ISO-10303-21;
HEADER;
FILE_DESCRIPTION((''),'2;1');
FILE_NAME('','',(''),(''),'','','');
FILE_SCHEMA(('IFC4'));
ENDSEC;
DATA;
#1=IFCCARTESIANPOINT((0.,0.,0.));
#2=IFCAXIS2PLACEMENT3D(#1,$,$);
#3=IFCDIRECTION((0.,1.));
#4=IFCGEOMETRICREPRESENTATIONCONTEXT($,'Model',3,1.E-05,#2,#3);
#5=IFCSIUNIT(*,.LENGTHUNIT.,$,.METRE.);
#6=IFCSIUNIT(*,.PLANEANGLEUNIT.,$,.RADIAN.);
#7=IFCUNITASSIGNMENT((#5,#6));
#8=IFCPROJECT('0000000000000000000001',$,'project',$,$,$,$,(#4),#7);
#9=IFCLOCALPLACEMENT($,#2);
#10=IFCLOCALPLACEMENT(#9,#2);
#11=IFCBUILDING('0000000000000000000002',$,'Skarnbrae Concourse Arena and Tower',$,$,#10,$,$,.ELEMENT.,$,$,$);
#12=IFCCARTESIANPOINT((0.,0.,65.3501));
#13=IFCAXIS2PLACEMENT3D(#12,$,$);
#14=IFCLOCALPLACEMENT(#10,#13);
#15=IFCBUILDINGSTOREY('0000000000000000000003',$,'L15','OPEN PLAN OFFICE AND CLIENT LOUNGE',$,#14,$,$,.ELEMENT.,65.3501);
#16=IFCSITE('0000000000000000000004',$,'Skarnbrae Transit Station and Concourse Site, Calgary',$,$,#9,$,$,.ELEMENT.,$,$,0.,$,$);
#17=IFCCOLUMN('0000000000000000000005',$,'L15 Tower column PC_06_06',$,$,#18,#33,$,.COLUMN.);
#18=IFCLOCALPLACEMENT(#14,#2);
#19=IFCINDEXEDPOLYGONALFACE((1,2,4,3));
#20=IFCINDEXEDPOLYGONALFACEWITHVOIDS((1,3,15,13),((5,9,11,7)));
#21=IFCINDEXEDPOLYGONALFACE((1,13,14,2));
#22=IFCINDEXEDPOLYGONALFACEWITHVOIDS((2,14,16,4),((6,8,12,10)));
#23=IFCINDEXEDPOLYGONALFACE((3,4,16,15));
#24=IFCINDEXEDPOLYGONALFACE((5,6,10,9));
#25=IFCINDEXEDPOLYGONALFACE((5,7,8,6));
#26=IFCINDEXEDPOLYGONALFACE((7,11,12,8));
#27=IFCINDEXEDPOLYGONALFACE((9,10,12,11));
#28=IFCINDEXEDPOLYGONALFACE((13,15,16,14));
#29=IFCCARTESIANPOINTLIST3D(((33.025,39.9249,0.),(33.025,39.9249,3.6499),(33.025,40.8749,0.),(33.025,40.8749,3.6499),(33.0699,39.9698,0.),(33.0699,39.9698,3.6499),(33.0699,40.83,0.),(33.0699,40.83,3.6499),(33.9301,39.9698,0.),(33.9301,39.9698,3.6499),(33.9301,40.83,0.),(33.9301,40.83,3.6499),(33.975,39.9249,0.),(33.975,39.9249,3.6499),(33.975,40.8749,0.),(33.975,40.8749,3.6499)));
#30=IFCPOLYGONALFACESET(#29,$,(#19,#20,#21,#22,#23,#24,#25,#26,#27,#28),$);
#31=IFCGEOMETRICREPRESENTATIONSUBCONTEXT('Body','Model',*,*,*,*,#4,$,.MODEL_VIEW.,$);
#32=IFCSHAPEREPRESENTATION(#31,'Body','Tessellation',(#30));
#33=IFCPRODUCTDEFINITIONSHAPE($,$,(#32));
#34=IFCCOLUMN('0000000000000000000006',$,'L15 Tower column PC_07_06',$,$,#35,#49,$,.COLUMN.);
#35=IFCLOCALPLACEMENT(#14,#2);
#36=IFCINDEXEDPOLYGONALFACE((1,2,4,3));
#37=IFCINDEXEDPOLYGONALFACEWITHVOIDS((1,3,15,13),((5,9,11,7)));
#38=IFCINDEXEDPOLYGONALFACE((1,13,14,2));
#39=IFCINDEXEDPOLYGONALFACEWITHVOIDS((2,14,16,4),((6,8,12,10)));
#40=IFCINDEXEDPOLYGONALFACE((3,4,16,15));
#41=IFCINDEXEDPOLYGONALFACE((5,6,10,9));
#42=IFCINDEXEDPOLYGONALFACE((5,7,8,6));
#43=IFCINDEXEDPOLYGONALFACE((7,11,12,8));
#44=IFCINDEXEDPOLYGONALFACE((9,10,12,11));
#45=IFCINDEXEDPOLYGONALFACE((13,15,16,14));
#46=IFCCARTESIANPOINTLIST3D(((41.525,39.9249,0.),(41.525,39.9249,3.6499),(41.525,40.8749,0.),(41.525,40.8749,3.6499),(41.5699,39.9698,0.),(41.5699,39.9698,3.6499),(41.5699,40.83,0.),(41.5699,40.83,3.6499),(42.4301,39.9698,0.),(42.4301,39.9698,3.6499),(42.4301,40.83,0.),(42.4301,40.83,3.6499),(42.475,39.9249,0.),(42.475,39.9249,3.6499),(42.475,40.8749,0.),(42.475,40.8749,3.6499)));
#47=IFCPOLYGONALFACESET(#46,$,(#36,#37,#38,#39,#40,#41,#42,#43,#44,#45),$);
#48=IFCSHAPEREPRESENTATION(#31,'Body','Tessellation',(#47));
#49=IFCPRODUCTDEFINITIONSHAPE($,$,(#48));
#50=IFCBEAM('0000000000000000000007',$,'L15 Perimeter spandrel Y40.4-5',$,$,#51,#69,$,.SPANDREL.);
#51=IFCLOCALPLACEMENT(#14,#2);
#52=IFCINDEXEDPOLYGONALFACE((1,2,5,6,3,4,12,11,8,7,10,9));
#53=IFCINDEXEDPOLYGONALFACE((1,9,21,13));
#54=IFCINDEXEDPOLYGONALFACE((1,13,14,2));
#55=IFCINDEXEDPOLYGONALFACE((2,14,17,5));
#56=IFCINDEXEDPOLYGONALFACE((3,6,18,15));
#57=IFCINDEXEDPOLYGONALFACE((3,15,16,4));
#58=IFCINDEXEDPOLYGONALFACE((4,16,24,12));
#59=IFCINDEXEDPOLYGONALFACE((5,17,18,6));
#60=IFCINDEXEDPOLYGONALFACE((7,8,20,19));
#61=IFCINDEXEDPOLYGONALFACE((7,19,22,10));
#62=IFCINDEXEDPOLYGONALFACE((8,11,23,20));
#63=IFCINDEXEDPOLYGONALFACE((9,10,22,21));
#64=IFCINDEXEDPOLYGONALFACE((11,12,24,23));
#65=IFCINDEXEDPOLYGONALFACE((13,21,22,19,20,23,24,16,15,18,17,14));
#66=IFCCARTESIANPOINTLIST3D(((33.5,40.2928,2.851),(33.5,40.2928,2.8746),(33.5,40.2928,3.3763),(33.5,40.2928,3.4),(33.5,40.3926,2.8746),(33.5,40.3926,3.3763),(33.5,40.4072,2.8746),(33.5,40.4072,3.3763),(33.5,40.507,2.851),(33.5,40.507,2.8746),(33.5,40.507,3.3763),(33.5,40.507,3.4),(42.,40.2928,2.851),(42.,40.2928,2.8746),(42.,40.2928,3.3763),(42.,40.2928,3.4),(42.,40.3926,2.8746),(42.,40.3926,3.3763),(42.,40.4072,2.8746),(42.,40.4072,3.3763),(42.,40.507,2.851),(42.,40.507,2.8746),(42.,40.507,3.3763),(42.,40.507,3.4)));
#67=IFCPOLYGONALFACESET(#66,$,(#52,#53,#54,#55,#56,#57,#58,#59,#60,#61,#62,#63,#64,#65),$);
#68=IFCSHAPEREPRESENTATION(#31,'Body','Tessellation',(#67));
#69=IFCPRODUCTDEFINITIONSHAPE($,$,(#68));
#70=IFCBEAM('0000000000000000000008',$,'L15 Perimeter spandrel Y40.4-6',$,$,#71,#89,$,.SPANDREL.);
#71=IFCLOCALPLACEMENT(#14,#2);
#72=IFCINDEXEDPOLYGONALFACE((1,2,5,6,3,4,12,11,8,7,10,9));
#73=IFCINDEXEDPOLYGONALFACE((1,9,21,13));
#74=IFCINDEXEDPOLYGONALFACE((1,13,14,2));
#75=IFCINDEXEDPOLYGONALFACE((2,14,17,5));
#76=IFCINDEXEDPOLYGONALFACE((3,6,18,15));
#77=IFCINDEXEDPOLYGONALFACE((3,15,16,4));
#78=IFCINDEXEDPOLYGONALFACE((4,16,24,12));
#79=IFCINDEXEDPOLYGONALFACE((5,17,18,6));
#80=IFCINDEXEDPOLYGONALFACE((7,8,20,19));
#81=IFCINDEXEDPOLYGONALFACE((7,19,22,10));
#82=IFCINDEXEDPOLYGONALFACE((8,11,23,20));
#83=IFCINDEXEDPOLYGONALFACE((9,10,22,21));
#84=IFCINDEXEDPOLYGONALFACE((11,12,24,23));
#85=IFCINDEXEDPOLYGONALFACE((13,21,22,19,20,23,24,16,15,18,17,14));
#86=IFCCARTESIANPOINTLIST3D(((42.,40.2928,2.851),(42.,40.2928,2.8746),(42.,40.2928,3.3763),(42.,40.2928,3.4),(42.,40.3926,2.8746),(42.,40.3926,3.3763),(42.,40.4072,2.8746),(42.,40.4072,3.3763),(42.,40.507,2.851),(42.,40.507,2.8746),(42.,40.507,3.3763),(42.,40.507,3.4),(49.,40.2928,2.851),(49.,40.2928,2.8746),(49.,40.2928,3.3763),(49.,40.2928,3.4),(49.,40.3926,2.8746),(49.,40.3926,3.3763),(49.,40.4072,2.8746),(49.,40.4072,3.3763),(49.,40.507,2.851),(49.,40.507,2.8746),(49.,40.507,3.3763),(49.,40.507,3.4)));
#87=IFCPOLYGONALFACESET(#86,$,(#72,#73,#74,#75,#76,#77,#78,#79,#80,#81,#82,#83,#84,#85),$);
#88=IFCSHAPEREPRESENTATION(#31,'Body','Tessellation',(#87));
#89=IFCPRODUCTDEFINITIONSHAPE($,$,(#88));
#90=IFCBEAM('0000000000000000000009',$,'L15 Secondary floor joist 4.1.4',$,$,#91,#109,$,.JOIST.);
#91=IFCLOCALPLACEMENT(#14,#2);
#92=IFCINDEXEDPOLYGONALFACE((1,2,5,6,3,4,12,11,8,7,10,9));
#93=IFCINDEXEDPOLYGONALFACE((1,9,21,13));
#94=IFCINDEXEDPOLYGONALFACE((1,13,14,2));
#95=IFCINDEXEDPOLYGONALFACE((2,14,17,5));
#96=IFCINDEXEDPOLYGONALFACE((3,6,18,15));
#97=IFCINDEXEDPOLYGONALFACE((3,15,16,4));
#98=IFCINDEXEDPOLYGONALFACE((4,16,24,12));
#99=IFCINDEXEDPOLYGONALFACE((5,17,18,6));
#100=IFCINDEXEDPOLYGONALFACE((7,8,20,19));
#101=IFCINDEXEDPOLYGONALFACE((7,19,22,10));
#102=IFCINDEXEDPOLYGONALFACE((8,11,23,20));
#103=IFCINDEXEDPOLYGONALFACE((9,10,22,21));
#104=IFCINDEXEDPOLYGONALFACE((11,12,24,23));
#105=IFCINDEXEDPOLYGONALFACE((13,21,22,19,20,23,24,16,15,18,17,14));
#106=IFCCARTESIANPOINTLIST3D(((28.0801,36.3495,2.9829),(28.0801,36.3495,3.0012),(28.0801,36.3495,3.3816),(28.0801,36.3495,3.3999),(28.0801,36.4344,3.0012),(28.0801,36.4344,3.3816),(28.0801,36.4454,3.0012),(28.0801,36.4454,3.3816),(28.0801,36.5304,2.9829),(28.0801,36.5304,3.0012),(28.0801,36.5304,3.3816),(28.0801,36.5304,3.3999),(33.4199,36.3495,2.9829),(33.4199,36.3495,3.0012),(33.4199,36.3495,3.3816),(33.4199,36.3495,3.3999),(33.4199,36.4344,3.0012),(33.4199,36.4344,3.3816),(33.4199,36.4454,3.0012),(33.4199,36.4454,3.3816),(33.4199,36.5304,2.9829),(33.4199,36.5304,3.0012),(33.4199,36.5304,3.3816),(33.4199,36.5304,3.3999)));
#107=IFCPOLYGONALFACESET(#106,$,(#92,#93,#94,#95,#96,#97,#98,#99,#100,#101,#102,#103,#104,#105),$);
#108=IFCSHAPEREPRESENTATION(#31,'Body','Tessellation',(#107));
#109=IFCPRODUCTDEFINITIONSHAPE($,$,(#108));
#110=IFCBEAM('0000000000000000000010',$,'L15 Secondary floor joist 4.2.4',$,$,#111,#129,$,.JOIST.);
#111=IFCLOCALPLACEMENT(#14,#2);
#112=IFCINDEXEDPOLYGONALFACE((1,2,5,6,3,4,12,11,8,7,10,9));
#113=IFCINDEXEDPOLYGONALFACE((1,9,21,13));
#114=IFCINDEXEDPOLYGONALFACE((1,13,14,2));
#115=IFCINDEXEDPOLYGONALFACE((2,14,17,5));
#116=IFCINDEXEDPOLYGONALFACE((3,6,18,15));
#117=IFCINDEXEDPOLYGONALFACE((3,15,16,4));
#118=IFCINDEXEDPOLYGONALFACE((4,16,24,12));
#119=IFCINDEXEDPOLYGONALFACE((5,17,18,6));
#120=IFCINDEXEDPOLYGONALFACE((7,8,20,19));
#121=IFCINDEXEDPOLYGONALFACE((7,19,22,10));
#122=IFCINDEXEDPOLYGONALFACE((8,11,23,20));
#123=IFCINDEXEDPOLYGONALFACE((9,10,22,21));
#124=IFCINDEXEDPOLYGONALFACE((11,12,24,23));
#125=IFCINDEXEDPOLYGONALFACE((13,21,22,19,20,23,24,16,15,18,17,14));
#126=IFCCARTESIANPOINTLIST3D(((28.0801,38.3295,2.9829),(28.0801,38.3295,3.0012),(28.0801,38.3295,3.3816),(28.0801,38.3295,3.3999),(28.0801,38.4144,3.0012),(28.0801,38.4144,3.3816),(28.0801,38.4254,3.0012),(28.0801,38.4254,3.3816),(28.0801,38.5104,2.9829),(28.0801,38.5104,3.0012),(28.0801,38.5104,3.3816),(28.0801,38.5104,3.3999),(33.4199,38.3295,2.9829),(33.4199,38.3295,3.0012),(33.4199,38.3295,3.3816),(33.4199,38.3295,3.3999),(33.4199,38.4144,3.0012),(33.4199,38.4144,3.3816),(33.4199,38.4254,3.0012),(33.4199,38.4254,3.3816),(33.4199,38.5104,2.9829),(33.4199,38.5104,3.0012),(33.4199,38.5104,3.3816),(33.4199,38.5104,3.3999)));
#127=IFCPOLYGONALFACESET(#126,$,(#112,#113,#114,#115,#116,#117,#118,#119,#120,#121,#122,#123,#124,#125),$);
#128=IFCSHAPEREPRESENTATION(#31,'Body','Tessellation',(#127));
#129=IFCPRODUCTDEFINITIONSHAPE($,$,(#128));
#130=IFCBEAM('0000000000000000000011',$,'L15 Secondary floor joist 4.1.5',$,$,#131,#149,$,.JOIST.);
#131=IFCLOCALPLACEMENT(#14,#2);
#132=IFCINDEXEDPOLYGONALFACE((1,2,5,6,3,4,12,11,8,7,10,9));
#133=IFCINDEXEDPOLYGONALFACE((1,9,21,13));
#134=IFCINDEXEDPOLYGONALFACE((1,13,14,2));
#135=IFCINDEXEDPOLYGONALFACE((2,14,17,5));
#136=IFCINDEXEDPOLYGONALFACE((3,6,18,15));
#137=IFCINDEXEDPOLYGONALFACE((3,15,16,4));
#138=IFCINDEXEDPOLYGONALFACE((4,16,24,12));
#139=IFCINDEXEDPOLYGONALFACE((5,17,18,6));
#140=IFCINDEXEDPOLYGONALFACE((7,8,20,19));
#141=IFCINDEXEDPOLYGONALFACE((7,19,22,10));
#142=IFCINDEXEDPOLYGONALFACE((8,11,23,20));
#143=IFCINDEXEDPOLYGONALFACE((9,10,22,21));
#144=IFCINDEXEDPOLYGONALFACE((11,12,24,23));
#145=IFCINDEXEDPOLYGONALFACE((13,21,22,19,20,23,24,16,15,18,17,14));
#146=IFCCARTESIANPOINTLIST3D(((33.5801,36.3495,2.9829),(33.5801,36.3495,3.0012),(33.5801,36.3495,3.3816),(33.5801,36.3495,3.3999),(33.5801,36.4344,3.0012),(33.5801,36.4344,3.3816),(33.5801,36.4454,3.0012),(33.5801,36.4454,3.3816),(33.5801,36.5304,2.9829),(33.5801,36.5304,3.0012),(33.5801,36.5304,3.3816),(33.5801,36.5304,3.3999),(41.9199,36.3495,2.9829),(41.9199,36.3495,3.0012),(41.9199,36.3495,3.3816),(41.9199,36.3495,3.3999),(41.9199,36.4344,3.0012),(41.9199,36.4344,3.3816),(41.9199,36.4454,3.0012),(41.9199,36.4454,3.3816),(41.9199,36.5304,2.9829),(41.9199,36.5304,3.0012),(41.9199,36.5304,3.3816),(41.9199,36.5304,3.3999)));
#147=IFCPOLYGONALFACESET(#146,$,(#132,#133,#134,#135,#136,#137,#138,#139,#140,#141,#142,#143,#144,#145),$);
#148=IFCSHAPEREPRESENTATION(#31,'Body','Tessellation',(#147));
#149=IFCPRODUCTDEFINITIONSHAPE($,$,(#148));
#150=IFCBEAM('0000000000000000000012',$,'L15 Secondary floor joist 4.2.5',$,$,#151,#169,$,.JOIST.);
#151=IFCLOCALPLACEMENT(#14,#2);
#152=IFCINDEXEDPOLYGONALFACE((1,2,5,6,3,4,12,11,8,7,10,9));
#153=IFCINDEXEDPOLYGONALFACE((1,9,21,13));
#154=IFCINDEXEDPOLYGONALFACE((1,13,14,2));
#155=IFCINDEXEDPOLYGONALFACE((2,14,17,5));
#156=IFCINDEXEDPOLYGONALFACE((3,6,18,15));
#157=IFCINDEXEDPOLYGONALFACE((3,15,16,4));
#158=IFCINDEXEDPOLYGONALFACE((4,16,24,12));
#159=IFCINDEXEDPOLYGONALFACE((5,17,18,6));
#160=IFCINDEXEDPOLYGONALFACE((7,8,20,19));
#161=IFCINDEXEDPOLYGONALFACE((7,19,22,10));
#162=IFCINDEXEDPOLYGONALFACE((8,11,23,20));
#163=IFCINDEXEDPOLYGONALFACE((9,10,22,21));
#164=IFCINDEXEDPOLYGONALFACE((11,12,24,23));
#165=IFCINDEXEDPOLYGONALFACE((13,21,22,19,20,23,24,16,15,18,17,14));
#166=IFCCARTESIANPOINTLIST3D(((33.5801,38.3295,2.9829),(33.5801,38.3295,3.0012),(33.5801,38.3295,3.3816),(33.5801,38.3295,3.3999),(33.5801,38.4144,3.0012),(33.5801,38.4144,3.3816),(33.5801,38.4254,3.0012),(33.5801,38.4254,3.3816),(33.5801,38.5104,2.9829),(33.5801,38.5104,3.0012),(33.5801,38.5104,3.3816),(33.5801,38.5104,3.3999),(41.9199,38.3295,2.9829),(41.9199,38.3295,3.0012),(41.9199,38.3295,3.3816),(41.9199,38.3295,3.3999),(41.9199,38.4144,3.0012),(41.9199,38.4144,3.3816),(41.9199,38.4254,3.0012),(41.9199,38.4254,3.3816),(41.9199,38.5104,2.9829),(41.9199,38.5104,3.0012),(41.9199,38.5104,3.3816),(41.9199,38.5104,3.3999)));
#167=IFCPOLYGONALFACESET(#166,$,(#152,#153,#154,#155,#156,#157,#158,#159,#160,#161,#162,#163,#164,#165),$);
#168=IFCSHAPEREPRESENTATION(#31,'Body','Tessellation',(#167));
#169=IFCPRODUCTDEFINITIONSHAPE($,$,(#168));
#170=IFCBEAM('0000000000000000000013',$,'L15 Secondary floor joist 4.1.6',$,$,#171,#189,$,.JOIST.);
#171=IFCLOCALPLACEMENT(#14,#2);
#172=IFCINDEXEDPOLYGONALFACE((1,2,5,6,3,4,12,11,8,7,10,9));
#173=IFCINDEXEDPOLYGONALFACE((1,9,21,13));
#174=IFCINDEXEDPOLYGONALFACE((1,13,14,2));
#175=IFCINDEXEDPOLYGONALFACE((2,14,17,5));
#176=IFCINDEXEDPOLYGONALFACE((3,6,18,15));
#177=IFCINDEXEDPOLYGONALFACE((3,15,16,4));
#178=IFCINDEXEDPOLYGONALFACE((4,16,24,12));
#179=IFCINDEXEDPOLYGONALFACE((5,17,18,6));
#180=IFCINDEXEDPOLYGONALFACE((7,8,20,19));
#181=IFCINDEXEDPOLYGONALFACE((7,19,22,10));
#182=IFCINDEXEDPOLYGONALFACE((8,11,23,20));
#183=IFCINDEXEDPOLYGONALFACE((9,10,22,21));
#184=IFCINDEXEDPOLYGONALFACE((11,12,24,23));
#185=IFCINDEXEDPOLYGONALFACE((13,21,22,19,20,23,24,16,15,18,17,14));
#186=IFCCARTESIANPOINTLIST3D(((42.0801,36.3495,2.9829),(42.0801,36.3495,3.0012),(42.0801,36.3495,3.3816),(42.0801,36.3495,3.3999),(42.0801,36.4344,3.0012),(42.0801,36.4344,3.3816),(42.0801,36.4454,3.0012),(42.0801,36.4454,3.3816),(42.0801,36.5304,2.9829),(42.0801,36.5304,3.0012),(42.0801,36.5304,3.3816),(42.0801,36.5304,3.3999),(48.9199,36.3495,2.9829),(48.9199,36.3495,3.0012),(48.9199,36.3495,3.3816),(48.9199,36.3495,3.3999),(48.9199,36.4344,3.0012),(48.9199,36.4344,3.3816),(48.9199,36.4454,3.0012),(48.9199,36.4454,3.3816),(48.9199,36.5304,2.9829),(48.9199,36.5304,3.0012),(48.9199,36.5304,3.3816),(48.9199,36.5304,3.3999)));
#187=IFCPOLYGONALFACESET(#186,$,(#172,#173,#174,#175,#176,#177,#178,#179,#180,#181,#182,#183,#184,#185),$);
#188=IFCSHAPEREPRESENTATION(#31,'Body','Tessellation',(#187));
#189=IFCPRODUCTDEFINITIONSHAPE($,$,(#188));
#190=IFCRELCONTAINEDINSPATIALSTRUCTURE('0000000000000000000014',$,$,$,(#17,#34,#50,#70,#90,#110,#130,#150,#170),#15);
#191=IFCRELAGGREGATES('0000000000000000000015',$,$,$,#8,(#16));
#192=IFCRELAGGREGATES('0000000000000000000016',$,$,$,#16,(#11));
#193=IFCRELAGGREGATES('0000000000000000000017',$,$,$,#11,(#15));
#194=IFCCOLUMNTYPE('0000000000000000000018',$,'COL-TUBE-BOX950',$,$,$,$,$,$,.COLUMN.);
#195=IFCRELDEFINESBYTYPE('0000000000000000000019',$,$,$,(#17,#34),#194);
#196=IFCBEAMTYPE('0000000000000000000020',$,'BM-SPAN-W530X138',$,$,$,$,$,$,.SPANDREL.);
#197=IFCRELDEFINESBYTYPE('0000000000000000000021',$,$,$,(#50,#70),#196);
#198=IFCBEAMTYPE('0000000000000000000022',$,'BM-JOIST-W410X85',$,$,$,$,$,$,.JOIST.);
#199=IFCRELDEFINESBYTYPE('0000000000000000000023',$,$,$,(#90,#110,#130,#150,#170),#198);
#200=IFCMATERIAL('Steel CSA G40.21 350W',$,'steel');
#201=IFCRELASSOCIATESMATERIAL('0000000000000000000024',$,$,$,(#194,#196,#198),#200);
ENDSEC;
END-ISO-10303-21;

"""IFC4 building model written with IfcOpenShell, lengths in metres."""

from ifc_helpers import new_model, si_unit, direction, frame, origin, origin_2d, place, context, subcontext, project, spatial, hollow_rectangle, i_section, extrude, source, transform, mapped, material, material_profile, profile_set, type_object, element, save


model = new_model("IFC4")

# Units and contexts
model_context = context("Model", 3, precision=1e-05, world=origin(), true_north=direction((0.0, 1.0)))
body_context = subcontext(model_context, "Body", "Model", "MODEL_VIEW")
ifc_project = project(units=[si_unit("LENGTHUNIT", "METRE"), si_unit("PLANEANGLEUNIT", "RADIAN")], contexts=[model_context])

# Site, building, storey
site_placement = place(None, origin())
site = spatial("IfcSite", under=ifc_project, at=site_placement, Name="Skarnbrae Transit Station and Concourse Site, Calgary", CompositionType="ELEMENT", RefElevation=0.0)
building_placement = place(site_placement, origin())
building = spatial("IfcBuilding", under=site, at=building_placement, Name="Skarnbrae Concourse Arena and Tower", CompositionType="ELEMENT")
storey_placement = place(building_placement, frame((0.0, 0.0, 65.3501)))
storey = spatial("IfcBuildingStorey", under=building, at=storey_placement, Name="L15", Description="OPEN PLAN OFFICE AND CLIENT LOUNGE", CompositionType="ELEMENT", Elevation=65.3501)

# Columns
ifc_material_1 = material(Name="Steel CSA G40.21 350W", Category="steel")
ifc_material_profile_1 = material_profile(ifc_material_1, hollow_rectangle(XDim=0.95, YDim=0.95, WallThickness=0.0449, at=origin_2d()), Name="BOX950X950X45")
ifc_profile_set_1 = profile_set([ifc_material_profile_1], Name="Steel CSA G40.21 350W")
column_type = type_object("IfcColumnType", Name="COL-TUBE-BOX950", PredefinedType="COLUMN", material=ifc_profile_set_1)
shared_shape_1 = source(origin(), body_context, "Body", "SweptSolid", [
    extrude(hollow_rectangle(XDim=0.95, YDim=0.95, WallThickness=0.0449, at=origin_2d()), origin(), (0.0, 0.0, 1.0), 3.6499),
])
for number, where, z_axis, x_axis, name in (
    (1, (33.5, 40.3999, 0.0), (0.0, 0.0, 1.0), (1.0, 0.0, 0.0), "L15 Tower column PC_06_06"),
    (2, (42.0, 40.3999, 0.0), (0.0, 0.0, 1.0), (1.0, 0.0, 0.0), "L15 Tower column PC_07_06"),
):
    element("IfcColumn", number, at=place(storey_placement, frame(where, z_axis=z_axis, x_axis=x_axis)), inside=storey, type_object=column_type, Name=name, PredefinedType="COLUMN", context=body_context, shape_type="MappedRepresentation", body=[
        mapped(shared_shape_1, transform((0.0, 0.0, 0.0))),
    ])

# Beams
ifc_material_profile_2 = material_profile(ifc_material_1, i_section(OverallWidth=0.2141, OverallDepth=0.5491, WebThickness=0.0146, FlangeThickness=0.0237, at=origin_2d()), Name="W530X138")
ifc_profile_set_2 = profile_set([ifc_material_profile_2], Name="Steel CSA G40.21 350W")
beam_type_1 = type_object("IfcBeamType", Name="BM-SPAN-W530X138", PredefinedType="SPANDREL", material=ifc_profile_set_2)
shared_shape_2 = source(origin(), body_context, "Body", "SweptSolid", [
    extrude(i_section(OverallWidth=0.2141, OverallDepth=0.5491, WebThickness=0.0146, FlangeThickness=0.0237, at=origin_2d()), origin(), (0.0, 0.0, 1.0), 8.5),
])
beam_1_placement = place(storey_placement, frame((33.5, 40.3999, 3.1255), z_axis=(1.0, 0.0, 0.0), x_axis=(0.0, 1.0, 0.0)))
element("IfcBeam", 3, at=beam_1_placement, inside=storey, type_object=beam_type_1, Name="L15 Perimeter spandrel Y40.4-5", PredefinedType="SPANDREL", context=body_context, shape_type="MappedRepresentation", body=[
    mapped(shared_shape_2, transform((0.0, 0.0, 0.0))),
])
shared_shape_3 = source(origin(), body_context, "Body", "SweptSolid", [
    extrude(i_section(OverallWidth=0.2141, OverallDepth=0.5491, WebThickness=0.0146, FlangeThickness=0.0237, at=origin_2d()), origin(), (0.0, 0.0, 1.0), 7.0),
])
beam_2_placement = place(storey_placement, frame((42.0, 40.3999, 3.1255), z_axis=(1.0, 0.0, 0.0), x_axis=(0.0, 1.0, 0.0)))
element("IfcBeam", 4, at=beam_2_placement, inside=storey, type_object=beam_type_1, Name="L15 Perimeter spandrel Y40.4-6", PredefinedType="SPANDREL", context=body_context, shape_type="MappedRepresentation", body=[
    mapped(shared_shape_3, transform((0.0, 0.0, 0.0))),
])
ifc_material_profile_3 = material_profile(ifc_material_1, i_section(OverallWidth=0.1809, OverallDepth=0.417, WebThickness=0.011, FlangeThickness=0.0183, at=origin_2d()), Name="W410X85")
ifc_profile_set_3 = profile_set([ifc_material_profile_3], Name="Steel CSA G40.21 350W")
beam_type_2 = type_object("IfcBeamType", Name="BM-JOIST-W410X85", PredefinedType="JOIST", material=ifc_profile_set_3)
shared_shape_4 = source(origin(), body_context, "Body", "SweptSolid", [
    extrude(i_section(OverallWidth=0.1809, OverallDepth=0.417, WebThickness=0.011, FlangeThickness=0.0183, at=origin_2d()), origin(), (0.0, 0.0, 1.0), 5.3398),
])
for number, where, z_axis, x_axis, name in (
    (5, (28.0801, 36.4399, 3.1914), (1.0, 0.0, 0.0), (0.0, 1.0, 0.0), "L15 Secondary floor joist 4.1.4"),
    (6, (28.0801, 38.4199, 3.1914), (1.0, 0.0, 0.0), (0.0, 1.0, 0.0), "L15 Secondary floor joist 4.2.4"),
):
    element("IfcBeam", number, at=place(storey_placement, frame(where, z_axis=z_axis, x_axis=x_axis)), inside=storey, type_object=beam_type_2, Name=name, PredefinedType="JOIST", context=body_context, shape_type="MappedRepresentation", body=[
        mapped(shared_shape_4, transform((0.0, 0.0, 0.0))),
    ])
shared_shape_5 = source(origin(), body_context, "Body", "SweptSolid", [
    extrude(i_section(OverallWidth=0.1809, OverallDepth=0.417, WebThickness=0.011, FlangeThickness=0.0183, at=origin_2d()), origin(), (0.0, 0.0, 1.0), 8.3398),
])
for number, where, z_axis, x_axis, name in (
    (7, (33.5801, 36.4399, 3.1914), (1.0, 0.0, 0.0), (0.0, 1.0, 0.0), "L15 Secondary floor joist 4.1.5"),
    (8, (33.5801, 38.4199, 3.1914), (1.0, 0.0, 0.0), (0.0, 1.0, 0.0), "L15 Secondary floor joist 4.2.5"),
):
    element("IfcBeam", number, at=place(storey_placement, frame(where, z_axis=z_axis, x_axis=x_axis)), inside=storey, type_object=beam_type_2, Name=name, PredefinedType="JOIST", context=body_context, shape_type="MappedRepresentation", body=[
        mapped(shared_shape_5, transform((0.0, 0.0, 0.0))),
    ])
shared_shape_6 = source(origin(), body_context, "Body", "SweptSolid", [
    extrude(i_section(OverallWidth=0.1809, OverallDepth=0.417, WebThickness=0.011, FlangeThickness=0.0183, at=origin_2d()), origin(), (0.0, 0.0, 1.0), 6.8398),
])
for number, where, z_axis, x_axis, name in (
    (9, (42.0801, 36.4399, 3.1914), (1.0, 0.0, 0.0), (0.0, 1.0, 0.0), "L15 Secondary floor joist 4.1.6"),
):
    element("IfcBeam", number, at=place(storey_placement, frame(where, z_axis=z_axis, x_axis=x_axis)), inside=storey, type_object=beam_type_2, Name=name, PredefinedType="JOIST", context=body_context, shape_type="MappedRepresentation", body=[
        mapped(shared_shape_6, transform((0.0, 0.0, 0.0))),
    ])

save(model, "model.ifc")
